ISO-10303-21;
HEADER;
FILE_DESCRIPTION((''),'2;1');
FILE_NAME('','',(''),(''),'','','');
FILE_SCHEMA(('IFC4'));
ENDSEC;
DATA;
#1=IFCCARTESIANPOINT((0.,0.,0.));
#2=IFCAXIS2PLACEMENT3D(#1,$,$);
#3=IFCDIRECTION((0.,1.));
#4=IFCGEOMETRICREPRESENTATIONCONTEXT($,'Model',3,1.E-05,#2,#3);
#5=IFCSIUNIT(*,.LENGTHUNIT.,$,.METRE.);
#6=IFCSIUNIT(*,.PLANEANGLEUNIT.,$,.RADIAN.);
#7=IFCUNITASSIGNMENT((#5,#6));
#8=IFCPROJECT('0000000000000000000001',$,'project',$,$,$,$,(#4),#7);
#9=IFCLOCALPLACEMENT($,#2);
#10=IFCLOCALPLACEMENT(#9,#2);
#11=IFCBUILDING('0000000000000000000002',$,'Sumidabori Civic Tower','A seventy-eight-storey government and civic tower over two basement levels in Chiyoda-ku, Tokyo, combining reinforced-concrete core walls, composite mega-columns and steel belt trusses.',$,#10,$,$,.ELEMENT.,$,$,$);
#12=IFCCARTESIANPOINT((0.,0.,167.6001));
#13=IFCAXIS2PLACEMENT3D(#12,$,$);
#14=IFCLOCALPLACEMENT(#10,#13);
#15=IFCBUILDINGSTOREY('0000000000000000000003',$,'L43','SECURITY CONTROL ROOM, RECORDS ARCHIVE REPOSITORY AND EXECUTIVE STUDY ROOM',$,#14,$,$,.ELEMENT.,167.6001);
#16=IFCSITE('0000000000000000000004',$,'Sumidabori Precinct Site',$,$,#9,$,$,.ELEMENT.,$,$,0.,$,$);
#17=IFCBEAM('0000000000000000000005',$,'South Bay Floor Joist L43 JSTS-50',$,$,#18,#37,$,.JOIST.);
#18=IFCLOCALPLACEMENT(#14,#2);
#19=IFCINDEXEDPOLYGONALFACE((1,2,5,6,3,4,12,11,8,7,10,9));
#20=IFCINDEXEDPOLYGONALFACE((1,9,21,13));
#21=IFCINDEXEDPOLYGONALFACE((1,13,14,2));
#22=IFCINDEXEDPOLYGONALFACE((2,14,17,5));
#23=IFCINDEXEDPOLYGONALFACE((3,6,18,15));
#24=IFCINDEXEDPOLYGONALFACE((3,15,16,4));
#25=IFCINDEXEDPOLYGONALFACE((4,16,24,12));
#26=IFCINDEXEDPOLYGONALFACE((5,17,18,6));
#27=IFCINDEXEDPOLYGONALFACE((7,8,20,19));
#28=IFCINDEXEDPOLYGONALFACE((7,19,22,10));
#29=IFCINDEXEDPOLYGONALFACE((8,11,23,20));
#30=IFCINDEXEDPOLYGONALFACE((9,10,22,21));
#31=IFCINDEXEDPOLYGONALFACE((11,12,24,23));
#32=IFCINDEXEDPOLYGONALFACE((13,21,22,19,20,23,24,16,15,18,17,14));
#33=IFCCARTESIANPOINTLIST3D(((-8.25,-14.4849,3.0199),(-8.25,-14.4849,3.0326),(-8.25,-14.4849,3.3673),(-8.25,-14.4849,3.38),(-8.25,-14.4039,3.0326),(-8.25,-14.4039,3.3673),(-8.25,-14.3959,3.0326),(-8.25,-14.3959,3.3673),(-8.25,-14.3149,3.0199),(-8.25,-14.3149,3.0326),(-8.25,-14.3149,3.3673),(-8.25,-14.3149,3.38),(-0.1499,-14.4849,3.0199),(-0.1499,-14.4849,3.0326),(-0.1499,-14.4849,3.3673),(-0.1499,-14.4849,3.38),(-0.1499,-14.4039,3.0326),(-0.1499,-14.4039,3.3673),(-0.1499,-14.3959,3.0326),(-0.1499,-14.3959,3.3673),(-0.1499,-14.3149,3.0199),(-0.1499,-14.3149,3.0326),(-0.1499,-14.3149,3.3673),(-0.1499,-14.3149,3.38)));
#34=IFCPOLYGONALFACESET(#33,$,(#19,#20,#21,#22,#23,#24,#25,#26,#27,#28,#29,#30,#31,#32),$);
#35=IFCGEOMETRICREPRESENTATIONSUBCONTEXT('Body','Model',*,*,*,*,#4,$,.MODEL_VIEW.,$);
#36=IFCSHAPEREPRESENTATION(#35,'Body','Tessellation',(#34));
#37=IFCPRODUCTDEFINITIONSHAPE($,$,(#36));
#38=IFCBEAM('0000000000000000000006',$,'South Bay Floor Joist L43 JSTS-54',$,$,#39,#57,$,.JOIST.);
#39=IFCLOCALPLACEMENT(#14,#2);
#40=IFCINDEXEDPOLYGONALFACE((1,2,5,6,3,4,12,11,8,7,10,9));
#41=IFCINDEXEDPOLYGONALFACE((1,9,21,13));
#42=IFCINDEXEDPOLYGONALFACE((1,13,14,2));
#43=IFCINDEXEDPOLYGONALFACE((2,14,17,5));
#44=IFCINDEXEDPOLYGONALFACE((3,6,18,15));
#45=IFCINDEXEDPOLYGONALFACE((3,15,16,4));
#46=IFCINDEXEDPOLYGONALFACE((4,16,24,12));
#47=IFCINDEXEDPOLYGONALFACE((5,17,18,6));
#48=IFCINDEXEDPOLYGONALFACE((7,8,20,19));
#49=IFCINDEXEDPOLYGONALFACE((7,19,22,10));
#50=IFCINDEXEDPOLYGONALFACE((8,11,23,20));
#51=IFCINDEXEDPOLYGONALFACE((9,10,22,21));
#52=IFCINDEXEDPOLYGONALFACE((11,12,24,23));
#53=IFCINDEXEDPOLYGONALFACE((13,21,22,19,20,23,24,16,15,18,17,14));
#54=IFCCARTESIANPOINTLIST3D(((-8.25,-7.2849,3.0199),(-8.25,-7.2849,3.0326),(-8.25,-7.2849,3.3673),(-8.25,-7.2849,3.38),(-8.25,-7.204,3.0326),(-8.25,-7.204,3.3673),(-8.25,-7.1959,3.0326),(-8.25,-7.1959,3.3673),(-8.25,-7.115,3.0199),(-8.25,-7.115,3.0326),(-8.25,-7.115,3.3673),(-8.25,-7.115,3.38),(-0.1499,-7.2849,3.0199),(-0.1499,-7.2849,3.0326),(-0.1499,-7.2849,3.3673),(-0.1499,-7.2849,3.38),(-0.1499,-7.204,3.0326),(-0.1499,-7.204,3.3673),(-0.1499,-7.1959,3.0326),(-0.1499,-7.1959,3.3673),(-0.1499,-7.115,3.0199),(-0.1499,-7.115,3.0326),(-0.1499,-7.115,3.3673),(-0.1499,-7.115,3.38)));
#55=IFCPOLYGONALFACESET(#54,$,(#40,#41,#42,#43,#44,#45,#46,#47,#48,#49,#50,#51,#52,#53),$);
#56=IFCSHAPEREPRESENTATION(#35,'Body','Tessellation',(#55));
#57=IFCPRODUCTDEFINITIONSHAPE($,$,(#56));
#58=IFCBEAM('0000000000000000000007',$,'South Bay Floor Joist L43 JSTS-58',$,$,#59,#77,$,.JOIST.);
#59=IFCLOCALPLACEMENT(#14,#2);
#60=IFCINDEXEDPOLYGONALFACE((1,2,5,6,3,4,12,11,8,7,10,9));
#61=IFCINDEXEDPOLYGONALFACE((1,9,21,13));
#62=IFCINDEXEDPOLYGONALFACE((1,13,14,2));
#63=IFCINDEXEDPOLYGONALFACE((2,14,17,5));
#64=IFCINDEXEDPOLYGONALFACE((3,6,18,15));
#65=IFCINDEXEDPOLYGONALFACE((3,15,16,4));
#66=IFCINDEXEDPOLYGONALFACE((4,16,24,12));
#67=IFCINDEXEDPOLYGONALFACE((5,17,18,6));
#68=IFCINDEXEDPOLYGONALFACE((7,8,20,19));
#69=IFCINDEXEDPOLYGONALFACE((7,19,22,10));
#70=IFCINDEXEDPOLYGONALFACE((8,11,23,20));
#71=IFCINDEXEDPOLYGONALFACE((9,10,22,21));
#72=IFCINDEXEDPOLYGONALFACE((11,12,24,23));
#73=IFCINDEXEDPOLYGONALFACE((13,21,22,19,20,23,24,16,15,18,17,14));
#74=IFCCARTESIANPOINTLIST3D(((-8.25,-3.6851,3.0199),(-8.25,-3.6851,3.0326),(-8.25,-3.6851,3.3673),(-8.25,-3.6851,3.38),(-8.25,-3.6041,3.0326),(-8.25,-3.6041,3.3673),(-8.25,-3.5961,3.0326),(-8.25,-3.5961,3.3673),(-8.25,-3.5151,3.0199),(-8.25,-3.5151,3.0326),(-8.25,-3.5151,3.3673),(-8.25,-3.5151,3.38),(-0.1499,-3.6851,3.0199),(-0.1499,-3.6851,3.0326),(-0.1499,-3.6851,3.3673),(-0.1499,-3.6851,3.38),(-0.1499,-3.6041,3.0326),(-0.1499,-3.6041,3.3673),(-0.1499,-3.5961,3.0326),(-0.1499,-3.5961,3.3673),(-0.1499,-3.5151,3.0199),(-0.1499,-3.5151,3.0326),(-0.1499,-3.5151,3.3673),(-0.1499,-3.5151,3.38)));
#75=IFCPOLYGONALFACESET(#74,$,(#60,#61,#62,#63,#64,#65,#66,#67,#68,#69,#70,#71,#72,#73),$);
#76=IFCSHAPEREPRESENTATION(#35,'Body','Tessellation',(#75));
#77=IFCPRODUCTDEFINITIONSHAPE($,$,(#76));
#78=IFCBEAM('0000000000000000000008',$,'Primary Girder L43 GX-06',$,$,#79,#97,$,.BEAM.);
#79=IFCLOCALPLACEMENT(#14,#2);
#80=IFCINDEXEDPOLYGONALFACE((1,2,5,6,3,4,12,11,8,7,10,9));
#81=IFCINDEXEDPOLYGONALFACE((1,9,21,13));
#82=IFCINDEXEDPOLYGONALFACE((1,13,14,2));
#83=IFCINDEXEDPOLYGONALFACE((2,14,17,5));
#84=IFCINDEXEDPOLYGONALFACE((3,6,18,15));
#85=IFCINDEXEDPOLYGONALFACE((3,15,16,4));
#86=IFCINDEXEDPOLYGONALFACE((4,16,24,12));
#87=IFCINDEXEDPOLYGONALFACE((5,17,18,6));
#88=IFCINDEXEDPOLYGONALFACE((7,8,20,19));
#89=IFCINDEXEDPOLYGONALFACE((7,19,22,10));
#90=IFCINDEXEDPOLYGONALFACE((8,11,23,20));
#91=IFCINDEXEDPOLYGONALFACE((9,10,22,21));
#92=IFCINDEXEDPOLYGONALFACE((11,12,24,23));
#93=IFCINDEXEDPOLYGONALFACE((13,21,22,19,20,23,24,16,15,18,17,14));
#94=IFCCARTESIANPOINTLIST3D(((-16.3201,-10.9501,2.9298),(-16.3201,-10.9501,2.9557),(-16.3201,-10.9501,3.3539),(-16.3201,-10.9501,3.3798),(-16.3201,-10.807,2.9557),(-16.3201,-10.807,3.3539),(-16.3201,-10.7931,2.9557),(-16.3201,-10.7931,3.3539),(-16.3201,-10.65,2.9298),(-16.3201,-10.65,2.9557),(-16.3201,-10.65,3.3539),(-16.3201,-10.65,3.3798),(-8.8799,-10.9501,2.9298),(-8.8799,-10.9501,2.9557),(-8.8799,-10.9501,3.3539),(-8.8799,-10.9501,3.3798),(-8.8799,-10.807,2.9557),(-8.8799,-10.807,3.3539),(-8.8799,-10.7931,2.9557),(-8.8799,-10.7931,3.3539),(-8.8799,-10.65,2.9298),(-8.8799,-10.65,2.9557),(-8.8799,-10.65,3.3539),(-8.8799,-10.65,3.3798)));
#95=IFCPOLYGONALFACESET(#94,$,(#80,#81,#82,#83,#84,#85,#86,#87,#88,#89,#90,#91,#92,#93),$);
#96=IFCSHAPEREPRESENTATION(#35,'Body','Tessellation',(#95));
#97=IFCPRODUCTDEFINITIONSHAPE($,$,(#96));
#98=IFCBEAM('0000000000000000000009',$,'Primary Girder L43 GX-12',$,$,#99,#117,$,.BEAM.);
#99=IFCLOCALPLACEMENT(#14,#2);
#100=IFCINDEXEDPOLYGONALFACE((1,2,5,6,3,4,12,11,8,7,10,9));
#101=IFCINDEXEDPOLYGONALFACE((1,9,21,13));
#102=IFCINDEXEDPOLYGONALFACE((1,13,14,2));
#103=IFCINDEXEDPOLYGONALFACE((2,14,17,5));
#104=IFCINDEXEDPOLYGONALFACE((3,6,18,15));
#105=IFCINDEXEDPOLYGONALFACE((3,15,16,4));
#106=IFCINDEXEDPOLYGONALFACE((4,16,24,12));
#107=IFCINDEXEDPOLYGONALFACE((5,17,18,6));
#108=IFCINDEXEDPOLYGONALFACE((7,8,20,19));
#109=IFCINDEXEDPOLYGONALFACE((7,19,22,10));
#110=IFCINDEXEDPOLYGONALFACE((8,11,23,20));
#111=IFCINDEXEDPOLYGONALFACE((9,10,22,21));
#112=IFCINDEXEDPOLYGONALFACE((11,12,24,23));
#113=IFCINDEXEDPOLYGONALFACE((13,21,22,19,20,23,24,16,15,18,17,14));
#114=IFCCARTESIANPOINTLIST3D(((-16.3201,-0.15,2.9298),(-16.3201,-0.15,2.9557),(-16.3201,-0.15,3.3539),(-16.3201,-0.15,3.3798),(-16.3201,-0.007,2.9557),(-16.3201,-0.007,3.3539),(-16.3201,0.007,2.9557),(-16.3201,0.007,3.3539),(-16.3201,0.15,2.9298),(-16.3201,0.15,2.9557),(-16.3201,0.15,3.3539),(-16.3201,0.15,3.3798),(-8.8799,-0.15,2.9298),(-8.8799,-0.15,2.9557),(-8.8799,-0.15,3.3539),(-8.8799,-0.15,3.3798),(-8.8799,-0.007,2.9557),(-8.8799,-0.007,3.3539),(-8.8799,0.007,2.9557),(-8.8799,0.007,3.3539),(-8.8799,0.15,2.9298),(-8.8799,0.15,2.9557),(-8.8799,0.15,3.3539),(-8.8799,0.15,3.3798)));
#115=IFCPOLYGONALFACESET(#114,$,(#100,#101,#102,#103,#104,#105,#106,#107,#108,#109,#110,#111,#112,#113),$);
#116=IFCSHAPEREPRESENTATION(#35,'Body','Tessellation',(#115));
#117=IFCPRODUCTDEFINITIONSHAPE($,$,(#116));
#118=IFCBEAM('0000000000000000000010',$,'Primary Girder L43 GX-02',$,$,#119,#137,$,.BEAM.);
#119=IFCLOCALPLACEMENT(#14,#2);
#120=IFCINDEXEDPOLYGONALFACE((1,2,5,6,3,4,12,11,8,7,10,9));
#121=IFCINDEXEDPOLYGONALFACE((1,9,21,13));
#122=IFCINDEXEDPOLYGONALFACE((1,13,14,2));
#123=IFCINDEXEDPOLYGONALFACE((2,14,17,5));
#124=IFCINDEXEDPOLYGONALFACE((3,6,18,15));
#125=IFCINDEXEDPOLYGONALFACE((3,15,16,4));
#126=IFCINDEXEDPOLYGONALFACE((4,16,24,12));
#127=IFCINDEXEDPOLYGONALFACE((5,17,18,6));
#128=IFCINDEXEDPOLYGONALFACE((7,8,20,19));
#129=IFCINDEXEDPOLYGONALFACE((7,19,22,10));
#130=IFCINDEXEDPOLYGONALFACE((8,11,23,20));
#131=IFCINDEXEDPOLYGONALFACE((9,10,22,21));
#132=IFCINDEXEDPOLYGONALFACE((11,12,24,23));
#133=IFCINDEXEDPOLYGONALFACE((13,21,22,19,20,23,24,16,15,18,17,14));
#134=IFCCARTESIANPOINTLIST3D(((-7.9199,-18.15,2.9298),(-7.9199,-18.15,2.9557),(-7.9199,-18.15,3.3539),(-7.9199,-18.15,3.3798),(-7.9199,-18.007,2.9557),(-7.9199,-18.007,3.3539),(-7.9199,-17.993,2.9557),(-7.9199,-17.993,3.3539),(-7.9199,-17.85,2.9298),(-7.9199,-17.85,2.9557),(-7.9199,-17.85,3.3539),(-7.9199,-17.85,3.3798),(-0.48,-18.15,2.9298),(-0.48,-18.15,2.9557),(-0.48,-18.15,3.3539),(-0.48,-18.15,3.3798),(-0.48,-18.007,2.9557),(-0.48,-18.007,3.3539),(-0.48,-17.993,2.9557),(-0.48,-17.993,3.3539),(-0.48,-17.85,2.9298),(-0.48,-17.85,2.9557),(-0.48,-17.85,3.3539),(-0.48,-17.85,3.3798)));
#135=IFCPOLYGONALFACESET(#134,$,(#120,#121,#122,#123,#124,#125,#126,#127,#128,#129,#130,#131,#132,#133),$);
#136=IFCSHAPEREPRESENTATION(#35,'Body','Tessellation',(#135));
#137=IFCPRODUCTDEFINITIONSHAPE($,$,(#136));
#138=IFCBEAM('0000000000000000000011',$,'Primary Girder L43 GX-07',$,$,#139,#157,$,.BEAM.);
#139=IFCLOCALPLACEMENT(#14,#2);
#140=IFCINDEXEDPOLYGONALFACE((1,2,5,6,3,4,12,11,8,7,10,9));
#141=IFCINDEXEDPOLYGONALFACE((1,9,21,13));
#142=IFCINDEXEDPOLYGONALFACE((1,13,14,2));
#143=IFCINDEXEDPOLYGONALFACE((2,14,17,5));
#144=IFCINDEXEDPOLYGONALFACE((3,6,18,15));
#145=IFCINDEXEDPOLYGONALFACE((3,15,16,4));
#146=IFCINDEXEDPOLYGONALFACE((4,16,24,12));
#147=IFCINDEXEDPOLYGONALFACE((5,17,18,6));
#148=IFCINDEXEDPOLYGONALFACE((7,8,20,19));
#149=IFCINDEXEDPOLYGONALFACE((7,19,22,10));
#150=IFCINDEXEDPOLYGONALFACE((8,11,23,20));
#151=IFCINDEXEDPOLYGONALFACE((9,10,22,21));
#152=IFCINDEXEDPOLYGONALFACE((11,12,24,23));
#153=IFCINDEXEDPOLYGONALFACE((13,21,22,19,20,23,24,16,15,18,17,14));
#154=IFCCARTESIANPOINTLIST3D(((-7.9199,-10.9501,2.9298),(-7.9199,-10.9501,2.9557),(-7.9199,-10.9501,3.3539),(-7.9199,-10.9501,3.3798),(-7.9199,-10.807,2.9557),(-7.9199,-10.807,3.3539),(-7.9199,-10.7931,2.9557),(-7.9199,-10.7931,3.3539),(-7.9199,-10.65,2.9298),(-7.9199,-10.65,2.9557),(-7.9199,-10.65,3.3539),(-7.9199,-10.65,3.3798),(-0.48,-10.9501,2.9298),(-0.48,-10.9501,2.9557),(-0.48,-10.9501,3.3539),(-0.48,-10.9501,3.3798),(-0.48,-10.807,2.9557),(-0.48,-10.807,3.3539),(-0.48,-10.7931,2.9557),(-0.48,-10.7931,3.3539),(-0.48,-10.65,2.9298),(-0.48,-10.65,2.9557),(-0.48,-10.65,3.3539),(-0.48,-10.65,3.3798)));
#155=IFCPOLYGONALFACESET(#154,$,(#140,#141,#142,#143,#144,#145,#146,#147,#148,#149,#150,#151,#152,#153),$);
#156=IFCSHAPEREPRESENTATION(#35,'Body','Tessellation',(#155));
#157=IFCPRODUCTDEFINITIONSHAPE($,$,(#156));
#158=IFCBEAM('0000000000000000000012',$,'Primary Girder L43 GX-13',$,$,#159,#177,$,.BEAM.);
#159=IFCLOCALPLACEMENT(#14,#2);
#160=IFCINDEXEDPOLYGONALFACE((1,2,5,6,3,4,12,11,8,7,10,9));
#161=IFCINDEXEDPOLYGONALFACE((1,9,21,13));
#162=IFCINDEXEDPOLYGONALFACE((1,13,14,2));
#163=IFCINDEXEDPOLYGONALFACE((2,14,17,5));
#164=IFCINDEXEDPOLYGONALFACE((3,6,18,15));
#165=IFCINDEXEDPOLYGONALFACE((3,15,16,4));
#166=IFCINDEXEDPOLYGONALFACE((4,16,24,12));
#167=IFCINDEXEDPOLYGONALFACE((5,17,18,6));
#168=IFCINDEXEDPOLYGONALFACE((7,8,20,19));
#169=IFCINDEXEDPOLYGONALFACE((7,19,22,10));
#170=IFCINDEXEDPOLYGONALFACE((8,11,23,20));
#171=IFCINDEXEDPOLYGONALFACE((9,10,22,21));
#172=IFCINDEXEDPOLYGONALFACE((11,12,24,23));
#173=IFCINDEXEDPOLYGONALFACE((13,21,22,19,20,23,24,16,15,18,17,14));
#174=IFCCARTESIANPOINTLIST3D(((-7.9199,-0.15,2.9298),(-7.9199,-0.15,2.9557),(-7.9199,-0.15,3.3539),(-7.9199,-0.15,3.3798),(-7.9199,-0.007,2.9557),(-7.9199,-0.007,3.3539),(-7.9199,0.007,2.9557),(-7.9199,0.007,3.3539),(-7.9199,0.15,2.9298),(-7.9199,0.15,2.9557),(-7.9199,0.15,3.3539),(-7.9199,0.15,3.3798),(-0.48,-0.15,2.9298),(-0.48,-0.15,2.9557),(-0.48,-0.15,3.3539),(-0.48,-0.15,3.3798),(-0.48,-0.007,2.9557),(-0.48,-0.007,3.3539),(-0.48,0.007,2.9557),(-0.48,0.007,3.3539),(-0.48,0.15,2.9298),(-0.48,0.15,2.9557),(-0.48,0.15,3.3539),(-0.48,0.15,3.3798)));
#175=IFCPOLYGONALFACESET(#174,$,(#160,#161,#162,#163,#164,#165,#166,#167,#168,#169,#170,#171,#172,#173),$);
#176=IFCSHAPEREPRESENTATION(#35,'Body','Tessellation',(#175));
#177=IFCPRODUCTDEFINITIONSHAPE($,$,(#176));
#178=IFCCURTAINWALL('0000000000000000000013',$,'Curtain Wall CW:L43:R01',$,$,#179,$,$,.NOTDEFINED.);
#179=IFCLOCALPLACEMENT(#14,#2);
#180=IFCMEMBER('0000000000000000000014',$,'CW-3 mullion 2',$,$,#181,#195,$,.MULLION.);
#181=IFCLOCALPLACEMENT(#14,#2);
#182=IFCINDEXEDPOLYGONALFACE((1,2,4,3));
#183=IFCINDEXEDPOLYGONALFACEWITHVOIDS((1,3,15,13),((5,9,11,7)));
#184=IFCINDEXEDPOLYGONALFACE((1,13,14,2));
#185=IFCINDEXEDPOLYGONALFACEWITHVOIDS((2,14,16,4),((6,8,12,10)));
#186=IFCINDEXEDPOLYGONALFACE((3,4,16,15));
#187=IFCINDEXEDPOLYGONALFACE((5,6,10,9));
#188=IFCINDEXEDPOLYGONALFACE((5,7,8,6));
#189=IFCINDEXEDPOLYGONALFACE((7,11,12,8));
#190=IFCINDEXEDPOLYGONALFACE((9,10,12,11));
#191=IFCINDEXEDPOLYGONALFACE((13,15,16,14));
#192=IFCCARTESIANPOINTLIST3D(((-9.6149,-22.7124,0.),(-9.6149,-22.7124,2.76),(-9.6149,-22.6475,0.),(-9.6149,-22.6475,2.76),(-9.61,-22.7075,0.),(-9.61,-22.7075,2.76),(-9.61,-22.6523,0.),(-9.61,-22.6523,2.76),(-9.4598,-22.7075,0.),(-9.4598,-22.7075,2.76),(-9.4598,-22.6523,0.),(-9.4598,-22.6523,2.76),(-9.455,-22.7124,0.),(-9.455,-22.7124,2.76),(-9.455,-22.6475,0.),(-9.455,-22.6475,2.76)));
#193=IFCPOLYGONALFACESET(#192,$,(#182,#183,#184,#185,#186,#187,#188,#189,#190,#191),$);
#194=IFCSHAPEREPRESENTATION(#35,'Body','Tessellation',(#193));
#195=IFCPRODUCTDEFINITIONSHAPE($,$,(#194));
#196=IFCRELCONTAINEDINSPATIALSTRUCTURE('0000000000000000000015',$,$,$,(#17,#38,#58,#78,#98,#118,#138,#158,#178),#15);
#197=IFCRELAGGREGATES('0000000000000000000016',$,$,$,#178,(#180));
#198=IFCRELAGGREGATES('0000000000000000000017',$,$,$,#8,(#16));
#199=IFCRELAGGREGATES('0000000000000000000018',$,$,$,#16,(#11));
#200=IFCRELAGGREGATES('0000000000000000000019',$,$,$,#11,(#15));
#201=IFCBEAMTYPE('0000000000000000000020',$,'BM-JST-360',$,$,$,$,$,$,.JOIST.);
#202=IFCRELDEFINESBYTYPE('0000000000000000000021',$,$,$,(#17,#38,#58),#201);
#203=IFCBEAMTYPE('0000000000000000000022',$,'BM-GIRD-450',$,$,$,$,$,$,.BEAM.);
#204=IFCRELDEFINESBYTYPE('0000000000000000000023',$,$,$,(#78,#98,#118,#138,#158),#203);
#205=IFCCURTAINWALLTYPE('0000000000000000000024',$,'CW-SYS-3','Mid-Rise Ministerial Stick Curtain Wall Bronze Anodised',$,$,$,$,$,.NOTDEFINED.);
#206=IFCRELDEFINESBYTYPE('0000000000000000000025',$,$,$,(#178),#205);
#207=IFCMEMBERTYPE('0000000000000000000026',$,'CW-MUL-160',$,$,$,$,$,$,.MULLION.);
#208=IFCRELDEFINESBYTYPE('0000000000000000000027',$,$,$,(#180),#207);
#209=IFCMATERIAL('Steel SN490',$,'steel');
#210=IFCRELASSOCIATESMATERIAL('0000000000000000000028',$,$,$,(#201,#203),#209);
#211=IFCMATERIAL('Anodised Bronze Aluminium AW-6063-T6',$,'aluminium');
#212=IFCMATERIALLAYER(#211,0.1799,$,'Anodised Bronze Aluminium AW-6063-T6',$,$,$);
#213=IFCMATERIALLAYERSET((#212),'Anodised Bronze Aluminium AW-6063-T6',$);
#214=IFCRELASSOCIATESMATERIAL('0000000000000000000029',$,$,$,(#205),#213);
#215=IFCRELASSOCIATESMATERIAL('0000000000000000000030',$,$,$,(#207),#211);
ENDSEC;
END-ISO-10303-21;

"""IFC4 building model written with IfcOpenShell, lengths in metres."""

from ifc_helpers import new_model, si_unit, direction, frame, origin, origin_2d, place, context, subcontext, project, spatial, hollow_rectangle, i_section, extrude, source, transform, mapped, material, layer, layer_set, material_profile, profile_set, type_object, element, aggregate, save


model = new_model("IFC4")

# Units and contexts
model_context = context("Model", 3, precision=1e-05, world=origin(), true_north=direction((0.0, 1.0)))
body_context = subcontext(model_context, "Body", "Model", "MODEL_VIEW")
ifc_project = project(units=[si_unit("LENGTHUNIT", "METRE"), si_unit("PLANEANGLEUNIT", "RADIAN")], contexts=[model_context])

# Site, building, storey
site_placement = place(None, origin())
site = spatial("IfcSite", under=ifc_project, at=site_placement, Name="Sumidabori Precinct Site", CompositionType="ELEMENT", RefElevation=0.0)
building_placement = place(site_placement, origin())
building = spatial("IfcBuilding", under=site, at=building_placement, Name="Sumidabori Civic Tower", Description="A seventy-eight-storey government and civic tower over two basement levels in Chiyoda-ku, Tokyo, combining reinforced-concrete core walls, composite mega-columns and steel belt trusses.", CompositionType="ELEMENT")
storey_placement = place(building_placement, frame((0.0, 0.0, 167.6001)))
storey = spatial("IfcBuildingStorey", under=building, at=storey_placement, Name="L43", Description="SECURITY CONTROL ROOM, RECORDS ARCHIVE REPOSITORY AND EXECUTIVE STUDY ROOM", CompositionType="ELEMENT", Elevation=167.6001)

# Beams
ifc_material_1 = material(Name="Steel SN490", Category="steel")
ifc_material_profile_1 = material_profile(ifc_material_1, i_section(OverallWidth=0.1699, OverallDepth=0.3601, WebThickness=0.0081, FlangeThickness=0.0127, at=origin_2d()), Name="IPE 360")
ifc_profile_set_1 = profile_set([ifc_material_profile_1], Name="Steel SN490")
beam_type_1 = type_object("IfcBeamType", Name="BM-JST-360", PredefinedType="JOIST", material=ifc_profile_set_1)
shared_shape_1 = source(origin(), body_context, "Body", "SweptSolid", [
    extrude(i_section(OverallWidth=0.1699, OverallDepth=0.3601, WebThickness=0.0081, FlangeThickness=0.0127, at=origin_2d()), origin(), (0.0, 0.0, 1.0), 8.1001),
])
for number, where, z_axis, x_axis, name in (
    (1, (-8.25, -14.3999, 3.2), (1.0, 0.0, 0.0), (0.0, 1.0, 0.0), "South Bay Floor Joist L43 JSTS-50"),
    (2, (-8.25, -7.2, 3.2), (1.0, 0.0, 0.0), (0.0, 1.0, 0.0), "South Bay Floor Joist L43 JSTS-54"),
    (3, (-8.25, -3.6001, 3.2), (1.0, 0.0, 0.0), (0.0, 1.0, 0.0), "South Bay Floor Joist L43 JSTS-58"),
):
    element("IfcBeam", number, at=place(storey_placement, frame(where, z_axis=z_axis, x_axis=x_axis)), inside=storey, type_object=beam_type_1, Name=name, PredefinedType="JOIST", context=body_context, shape_type="MappedRepresentation", body=[
        mapped(shared_shape_1, transform((0.0, 0.0, 0.0), x_axis=(1.0, 0.0, 0.0), y_axis=(0.0, 1.0, 0.0), z_axis=(0.0, 0.0, 1.0), scale=1.0)),
    ])
ifc_material_profile_2 = material_profile(ifc_material_1, i_section(OverallWidth=0.3, OverallDepth=0.45, WebThickness=0.0139, FlangeThickness=0.0259, at=origin_2d()), Name="HE 450 B")
ifc_profile_set_2 = profile_set([ifc_material_profile_2], Name="Steel SN490")
beam_type_2 = type_object("IfcBeamType", Name="BM-GIRD-450", PredefinedType="BEAM", material=ifc_profile_set_2)
shared_shape_2 = source(origin(), body_context, "Body", "SweptSolid", [
    extrude(i_section(OverallWidth=0.3, OverallDepth=0.45, WebThickness=0.0139, FlangeThickness=0.0259, at=origin_2d()), origin(), (0.0, 0.0, 1.0), 7.4402),
])
for number, where, z_axis, x_axis, name in (
    (4, (-16.3201, -10.8, 3.1548), (1.0, 0.0, 0.0), (0.0, 1.0, 0.0), "Primary Girder L43 GX-06"),
    (5, (-16.3201, 0.0, 3.1548), (1.0, 0.0, 0.0), (0.0, 1.0, 0.0), "Primary Girder L43 GX-12"),
):
    element("IfcBeam", number, at=place(storey_placement, frame(where, z_axis=z_axis, x_axis=x_axis)), inside=storey, type_object=beam_type_2, Name=name, PredefinedType="BEAM", context=body_context, shape_type="MappedRepresentation", body=[
        mapped(shared_shape_2, transform((0.0, 0.0, 0.0), x_axis=(1.0, 0.0, 0.0), y_axis=(0.0, 1.0, 0.0), z_axis=(0.0, 0.0, 1.0), scale=1.0)),
    ])
shared_shape_3 = source(origin(), body_context, "Body", "SweptSolid", [
    extrude(i_section(OverallWidth=0.3, OverallDepth=0.45, WebThickness=0.0139, FlangeThickness=0.0259, at=origin_2d()), origin(), (0.0, 0.0, 1.0), 7.4399),
])
for number, where, z_axis, x_axis, name in (
    (6, (-7.9199, -18.0, 3.1548), (1.0, 0.0, 0.0), (0.0, 1.0, 0.0), "Primary Girder L43 GX-02"),
    (7, (-7.9199, -10.8, 3.1548), (1.0, 0.0, 0.0), (0.0, 1.0, 0.0), "Primary Girder L43 GX-07"),
    (8, (-7.9199, 0.0, 3.1548), (1.0, 0.0, 0.0), (0.0, 1.0, 0.0), "Primary Girder L43 GX-13"),
):
    element("IfcBeam", number, at=place(storey_placement, frame(where, z_axis=z_axis, x_axis=x_axis)), inside=storey, type_object=beam_type_2, Name=name, PredefinedType="BEAM", context=body_context, shape_type="MappedRepresentation", body=[
        mapped(shared_shape_3, transform((0.0, 0.0, 0.0), x_axis=(1.0, 0.0, 0.0), y_axis=(0.0, 1.0, 0.0), z_axis=(0.0, 0.0, 1.0), scale=1.0)),
    ])

# Curtain wall, member
ifc_material_2 = material(Name="Anodised Bronze Aluminium AW-6063-T6", Category="aluminium")
ifc_layer_1 = layer(ifc_material_2, 0.1799, Name="Anodised Bronze Aluminium AW-6063-T6")
ifc_layer_set_1 = layer_set([ifc_layer_1], Name="Anodised Bronze Aluminium AW-6063-T6")
curtain_wall_type = type_object("IfcCurtainWallType", Name="CW-SYS-3", Description="Mid-Rise Ministerial Stick Curtain Wall Bronze Anodised", PredefinedType="NOTDEFINED", material=ifc_layer_set_1)
curtain_wall_placement = place(storey_placement, origin())
curtain_wall = element("IfcCurtainWall", 9, at=curtain_wall_placement, inside=storey, type_object=curtain_wall_type, Name="Curtain Wall CW:L43:R01", PredefinedType="NOTDEFINED")
ifc_material_profile_3 = material_profile(ifc_material_2, hollow_rectangle(XDim=0.0649, YDim=0.1599, WallThickness=0.0049, at=origin_2d()), Name="ALU MULLION 160x65")
ifc_profile_set_3 = profile_set([ifc_material_profile_3], Name="Anodised Bronze Aluminium AW-6063-T6")
member_type_1 = type_object("IfcMemberType", Name="CW-MUL-160", PredefinedType="MULLION", material=ifc_profile_set_3)
shared_shape_4 = source(origin(), body_context, "Body", "SweptSolid", [
    extrude(hollow_rectangle(XDim=0.0649, YDim=0.1599, WallThickness=0.0049, at=origin_2d()), origin(), (0.0, 0.0, 1.0), 2.76),
])
member_1_placement = place(storey_placement, frame((-9.5349, -22.6799, 0.0), z_axis=(0.0, 0.0, 1.0), x_axis=(0.0, 1.0, 0.0)))
member_1 = element("IfcMember", 10, at=member_1_placement, type_object=member_type_1, Name="CW-3 mullion 2", PredefinedType="MULLION", context=body_context, shape_type="MappedRepresentation", body=[
    mapped(shared_shape_4, transform((0.0, 0.0, 0.0), x_axis=(1.0, 0.0, 0.0), y_axis=(0.0, 1.0, 0.0), z_axis=(0.0, 0.0, 1.0), scale=1.0)),
])

aggregate(curtain_wall, [member_1])

save(model, "model.ifc")
